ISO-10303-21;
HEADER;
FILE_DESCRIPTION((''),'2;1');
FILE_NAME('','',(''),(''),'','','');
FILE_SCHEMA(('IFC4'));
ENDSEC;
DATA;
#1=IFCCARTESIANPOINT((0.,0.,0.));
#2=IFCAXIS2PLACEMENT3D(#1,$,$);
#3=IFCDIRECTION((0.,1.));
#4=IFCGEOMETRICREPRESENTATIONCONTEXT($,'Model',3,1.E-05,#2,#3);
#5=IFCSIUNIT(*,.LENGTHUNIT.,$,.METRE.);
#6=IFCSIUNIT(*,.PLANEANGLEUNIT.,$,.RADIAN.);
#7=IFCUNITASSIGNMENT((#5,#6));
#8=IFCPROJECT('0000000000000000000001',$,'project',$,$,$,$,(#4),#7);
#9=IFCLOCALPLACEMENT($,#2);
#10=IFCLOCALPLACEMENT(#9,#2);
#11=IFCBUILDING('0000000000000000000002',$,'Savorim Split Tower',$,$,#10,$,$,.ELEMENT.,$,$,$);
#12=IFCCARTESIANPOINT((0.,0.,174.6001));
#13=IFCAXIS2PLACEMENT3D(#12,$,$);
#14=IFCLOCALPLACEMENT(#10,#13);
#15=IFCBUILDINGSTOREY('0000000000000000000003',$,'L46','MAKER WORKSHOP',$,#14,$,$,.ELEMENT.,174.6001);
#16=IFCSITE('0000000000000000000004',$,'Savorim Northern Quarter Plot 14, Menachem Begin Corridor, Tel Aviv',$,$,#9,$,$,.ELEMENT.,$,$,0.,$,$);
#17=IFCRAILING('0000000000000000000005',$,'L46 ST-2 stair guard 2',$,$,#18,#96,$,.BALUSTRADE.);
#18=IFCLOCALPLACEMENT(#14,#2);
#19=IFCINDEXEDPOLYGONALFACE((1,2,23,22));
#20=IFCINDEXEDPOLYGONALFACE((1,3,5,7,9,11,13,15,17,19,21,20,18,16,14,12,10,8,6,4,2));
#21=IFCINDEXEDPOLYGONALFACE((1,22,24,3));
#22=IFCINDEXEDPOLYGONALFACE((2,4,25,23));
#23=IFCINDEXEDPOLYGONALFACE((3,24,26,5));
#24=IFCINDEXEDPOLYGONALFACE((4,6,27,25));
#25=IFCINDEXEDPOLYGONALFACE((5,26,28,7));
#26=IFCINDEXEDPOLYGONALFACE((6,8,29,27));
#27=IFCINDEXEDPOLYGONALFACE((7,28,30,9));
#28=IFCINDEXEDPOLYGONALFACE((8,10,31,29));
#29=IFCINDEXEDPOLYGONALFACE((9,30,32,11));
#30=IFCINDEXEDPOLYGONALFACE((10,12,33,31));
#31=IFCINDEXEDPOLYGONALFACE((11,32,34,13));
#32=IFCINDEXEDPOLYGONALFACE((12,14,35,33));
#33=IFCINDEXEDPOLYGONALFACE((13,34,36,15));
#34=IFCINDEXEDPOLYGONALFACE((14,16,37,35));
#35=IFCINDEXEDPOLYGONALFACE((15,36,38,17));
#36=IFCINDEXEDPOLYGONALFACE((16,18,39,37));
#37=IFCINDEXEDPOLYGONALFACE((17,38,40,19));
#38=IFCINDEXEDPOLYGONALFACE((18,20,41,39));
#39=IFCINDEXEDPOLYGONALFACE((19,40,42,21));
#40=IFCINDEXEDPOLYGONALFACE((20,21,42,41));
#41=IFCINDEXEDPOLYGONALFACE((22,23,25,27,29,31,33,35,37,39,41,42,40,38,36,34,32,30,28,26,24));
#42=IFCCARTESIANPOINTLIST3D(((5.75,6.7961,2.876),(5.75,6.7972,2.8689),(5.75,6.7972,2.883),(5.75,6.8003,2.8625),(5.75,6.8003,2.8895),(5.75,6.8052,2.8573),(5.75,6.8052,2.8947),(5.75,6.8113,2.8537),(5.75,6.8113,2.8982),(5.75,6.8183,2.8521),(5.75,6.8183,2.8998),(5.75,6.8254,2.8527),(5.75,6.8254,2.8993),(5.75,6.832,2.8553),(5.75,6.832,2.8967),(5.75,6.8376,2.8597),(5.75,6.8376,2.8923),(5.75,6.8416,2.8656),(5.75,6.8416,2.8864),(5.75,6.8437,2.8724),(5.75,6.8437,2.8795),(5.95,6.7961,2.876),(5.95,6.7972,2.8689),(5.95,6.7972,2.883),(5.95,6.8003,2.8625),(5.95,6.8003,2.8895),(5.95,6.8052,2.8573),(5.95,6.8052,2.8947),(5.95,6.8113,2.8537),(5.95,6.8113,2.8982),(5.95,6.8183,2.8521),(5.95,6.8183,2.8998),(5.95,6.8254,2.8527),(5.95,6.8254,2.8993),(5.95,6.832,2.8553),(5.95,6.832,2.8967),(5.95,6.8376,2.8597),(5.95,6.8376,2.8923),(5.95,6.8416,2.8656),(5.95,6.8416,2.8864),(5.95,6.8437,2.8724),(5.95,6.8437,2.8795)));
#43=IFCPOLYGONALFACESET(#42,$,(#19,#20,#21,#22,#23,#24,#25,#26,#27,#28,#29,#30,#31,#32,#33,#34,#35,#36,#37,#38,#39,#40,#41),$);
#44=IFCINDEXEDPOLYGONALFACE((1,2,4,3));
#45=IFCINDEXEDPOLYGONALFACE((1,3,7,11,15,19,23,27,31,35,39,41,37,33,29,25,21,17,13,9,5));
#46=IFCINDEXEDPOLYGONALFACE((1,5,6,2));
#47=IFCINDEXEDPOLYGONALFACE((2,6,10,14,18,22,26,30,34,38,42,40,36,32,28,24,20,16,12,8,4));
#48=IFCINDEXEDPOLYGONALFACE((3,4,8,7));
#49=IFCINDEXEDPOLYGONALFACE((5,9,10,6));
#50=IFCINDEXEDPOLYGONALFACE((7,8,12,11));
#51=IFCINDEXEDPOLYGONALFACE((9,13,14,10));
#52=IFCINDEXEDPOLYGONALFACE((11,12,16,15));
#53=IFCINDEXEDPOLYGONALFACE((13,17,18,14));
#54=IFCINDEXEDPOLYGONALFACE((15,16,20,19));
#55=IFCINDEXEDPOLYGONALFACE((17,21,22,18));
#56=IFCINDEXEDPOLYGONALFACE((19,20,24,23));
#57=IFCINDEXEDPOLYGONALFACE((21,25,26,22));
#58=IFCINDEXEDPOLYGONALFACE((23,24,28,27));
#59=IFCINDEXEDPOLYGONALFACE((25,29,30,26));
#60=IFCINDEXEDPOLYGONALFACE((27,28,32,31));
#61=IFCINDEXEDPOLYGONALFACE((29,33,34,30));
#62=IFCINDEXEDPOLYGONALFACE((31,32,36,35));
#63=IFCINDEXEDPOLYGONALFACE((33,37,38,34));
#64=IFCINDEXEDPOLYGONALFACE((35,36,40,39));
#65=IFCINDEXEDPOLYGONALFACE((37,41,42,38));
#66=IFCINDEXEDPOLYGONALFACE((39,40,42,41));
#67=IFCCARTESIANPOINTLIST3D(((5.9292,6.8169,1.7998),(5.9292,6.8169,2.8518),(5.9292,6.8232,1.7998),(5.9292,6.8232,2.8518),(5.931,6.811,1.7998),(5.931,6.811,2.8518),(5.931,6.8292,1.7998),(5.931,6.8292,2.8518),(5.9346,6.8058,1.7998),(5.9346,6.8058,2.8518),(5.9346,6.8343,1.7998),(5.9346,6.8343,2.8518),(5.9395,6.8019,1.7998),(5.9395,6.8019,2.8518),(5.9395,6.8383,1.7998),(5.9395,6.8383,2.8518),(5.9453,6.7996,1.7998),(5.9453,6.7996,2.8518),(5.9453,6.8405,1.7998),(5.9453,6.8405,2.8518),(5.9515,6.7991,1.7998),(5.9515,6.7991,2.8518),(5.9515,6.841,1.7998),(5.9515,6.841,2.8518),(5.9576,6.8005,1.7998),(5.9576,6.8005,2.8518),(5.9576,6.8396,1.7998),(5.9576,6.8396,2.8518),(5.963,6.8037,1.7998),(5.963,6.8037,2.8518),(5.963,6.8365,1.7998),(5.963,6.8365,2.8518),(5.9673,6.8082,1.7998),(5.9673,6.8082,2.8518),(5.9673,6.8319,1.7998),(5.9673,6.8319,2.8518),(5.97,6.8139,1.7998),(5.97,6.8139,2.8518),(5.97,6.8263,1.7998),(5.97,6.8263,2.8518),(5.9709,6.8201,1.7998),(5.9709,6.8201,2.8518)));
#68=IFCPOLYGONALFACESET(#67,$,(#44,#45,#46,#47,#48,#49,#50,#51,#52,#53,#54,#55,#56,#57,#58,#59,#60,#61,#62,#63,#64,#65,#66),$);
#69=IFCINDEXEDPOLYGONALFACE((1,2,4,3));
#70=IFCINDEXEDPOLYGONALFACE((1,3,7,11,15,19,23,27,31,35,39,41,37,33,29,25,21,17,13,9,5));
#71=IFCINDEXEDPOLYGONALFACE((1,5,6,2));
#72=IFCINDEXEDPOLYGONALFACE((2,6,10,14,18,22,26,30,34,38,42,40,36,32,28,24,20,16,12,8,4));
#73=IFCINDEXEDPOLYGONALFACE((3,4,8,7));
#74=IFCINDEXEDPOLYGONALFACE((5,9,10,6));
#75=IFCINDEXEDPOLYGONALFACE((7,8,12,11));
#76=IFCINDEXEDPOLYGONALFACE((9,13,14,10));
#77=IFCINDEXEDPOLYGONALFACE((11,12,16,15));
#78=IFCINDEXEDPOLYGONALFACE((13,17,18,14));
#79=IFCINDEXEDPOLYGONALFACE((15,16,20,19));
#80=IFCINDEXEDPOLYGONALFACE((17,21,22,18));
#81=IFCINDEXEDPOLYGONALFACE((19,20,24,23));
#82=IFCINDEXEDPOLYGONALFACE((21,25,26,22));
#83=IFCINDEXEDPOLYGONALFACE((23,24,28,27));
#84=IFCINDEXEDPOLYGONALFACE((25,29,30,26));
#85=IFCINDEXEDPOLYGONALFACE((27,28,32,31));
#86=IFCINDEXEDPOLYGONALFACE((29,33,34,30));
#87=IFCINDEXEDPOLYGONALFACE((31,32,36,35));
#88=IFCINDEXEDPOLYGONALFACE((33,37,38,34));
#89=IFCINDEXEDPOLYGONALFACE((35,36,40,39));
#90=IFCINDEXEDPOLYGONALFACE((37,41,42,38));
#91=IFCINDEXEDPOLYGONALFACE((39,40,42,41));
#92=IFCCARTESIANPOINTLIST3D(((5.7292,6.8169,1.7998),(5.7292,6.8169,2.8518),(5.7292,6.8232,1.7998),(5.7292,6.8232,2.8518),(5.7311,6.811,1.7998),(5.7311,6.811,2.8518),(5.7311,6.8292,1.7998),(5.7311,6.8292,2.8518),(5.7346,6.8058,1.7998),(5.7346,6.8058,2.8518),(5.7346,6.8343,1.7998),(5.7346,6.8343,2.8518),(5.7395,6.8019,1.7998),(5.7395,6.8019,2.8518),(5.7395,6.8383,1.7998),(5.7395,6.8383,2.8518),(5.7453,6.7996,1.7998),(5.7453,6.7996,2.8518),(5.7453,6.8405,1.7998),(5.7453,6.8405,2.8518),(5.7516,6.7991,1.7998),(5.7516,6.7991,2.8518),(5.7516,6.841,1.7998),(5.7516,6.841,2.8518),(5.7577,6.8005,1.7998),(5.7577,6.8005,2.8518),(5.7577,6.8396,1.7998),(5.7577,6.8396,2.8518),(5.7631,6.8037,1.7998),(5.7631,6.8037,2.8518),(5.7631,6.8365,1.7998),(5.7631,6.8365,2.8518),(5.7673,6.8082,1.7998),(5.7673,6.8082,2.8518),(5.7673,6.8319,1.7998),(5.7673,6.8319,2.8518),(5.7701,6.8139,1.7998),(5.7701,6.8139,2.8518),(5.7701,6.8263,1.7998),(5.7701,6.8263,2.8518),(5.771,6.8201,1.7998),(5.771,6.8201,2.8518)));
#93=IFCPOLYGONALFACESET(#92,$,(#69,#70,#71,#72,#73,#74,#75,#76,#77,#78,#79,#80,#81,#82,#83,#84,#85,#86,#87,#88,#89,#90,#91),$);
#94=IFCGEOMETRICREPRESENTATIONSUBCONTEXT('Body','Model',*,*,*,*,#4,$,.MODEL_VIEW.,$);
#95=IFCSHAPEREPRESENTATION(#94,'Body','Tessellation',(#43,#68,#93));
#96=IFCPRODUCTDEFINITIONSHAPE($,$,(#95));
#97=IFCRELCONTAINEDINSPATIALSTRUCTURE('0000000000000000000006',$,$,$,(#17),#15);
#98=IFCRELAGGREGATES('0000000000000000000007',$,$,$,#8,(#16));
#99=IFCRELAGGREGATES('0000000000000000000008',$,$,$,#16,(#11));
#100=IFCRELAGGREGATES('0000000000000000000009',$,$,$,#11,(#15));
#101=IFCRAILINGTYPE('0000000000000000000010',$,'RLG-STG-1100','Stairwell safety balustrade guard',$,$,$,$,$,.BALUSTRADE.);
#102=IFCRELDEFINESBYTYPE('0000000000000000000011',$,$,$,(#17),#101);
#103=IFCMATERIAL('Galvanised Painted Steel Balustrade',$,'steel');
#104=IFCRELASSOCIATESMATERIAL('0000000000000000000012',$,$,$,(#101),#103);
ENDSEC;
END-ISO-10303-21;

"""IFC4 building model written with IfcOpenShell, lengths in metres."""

from ifc_helpers import new_model, si_unit, direction, frame, origin, origin_2d, place, context, subcontext, project, spatial, circle, extrude, material, type_object, element, save


model = new_model("IFC4")

# Units and contexts
model_context = context("Model", 3, precision=1e-05, world=origin(), true_north=direction((0.0, 1.0)))
body_context = subcontext(model_context, "Body", "Model", "MODEL_VIEW")
ifc_project = project(units=[si_unit("LENGTHUNIT", "METRE"), si_unit("PLANEANGLEUNIT", "RADIAN")], contexts=[model_context])

# Site, building, storey
site_placement = place(None, origin())
site = spatial("IfcSite", under=ifc_project, at=site_placement, Name="Savorim Northern Quarter Plot 14, Menachem Begin Corridor, Tel Aviv", CompositionType="ELEMENT", RefElevation=0.0)
building_placement = place(site_placement, origin())
building = spatial("IfcBuilding", under=site, at=building_placement, Name="Savorim Split Tower", CompositionType="ELEMENT")
storey_placement = place(building_placement, frame((0.0, 0.0, 174.6001)))
storey = spatial("IfcBuildingStorey", under=building, at=storey_placement, Name="L46", Description="MAKER WORKSHOP", CompositionType="ELEMENT", Elevation=174.6001)

# Railing
ifc_material_1 = material(Name="Galvanised Painted Steel Balustrade", Category="steel")
railing_type_1 = type_object("IfcRailingType", Name="RLG-STG-1100", Description="Stairwell safety balustrade guard", PredefinedType="BALUSTRADE", material=ifc_material_1)
railing_1_placement = place(storey_placement, frame((5.95, 6.8201, 1.7998)))
element("IfcRailing", 1, at=railing_1_placement, inside=storey, type_object=railing_type_1, Name="L46 ST-2 stair guard 2", PredefinedType="BALUSTRADE", context=body_context, shape_type="SweptSolid", body=[
    extrude(circle(Radius=0.0239, at=origin_2d()), frame((0.0, 0.0, 1.0762), z_axis=(-1.0, 0.0, 0.0), x_axis=(0.0, -1.0, 0.0)), (0.0, 0.0, 1.0), 0.2),
    extrude(circle(Radius=0.021, at=origin_2d()), origin(), (0.0, 0.0, 1.0), 1.052),
    extrude(circle(Radius=0.021, at=origin_2d()), frame((-0.2, 0.0, 0.0)), (0.0, 0.0, 1.0), 1.052),
])

save(model, "model.ifc")
